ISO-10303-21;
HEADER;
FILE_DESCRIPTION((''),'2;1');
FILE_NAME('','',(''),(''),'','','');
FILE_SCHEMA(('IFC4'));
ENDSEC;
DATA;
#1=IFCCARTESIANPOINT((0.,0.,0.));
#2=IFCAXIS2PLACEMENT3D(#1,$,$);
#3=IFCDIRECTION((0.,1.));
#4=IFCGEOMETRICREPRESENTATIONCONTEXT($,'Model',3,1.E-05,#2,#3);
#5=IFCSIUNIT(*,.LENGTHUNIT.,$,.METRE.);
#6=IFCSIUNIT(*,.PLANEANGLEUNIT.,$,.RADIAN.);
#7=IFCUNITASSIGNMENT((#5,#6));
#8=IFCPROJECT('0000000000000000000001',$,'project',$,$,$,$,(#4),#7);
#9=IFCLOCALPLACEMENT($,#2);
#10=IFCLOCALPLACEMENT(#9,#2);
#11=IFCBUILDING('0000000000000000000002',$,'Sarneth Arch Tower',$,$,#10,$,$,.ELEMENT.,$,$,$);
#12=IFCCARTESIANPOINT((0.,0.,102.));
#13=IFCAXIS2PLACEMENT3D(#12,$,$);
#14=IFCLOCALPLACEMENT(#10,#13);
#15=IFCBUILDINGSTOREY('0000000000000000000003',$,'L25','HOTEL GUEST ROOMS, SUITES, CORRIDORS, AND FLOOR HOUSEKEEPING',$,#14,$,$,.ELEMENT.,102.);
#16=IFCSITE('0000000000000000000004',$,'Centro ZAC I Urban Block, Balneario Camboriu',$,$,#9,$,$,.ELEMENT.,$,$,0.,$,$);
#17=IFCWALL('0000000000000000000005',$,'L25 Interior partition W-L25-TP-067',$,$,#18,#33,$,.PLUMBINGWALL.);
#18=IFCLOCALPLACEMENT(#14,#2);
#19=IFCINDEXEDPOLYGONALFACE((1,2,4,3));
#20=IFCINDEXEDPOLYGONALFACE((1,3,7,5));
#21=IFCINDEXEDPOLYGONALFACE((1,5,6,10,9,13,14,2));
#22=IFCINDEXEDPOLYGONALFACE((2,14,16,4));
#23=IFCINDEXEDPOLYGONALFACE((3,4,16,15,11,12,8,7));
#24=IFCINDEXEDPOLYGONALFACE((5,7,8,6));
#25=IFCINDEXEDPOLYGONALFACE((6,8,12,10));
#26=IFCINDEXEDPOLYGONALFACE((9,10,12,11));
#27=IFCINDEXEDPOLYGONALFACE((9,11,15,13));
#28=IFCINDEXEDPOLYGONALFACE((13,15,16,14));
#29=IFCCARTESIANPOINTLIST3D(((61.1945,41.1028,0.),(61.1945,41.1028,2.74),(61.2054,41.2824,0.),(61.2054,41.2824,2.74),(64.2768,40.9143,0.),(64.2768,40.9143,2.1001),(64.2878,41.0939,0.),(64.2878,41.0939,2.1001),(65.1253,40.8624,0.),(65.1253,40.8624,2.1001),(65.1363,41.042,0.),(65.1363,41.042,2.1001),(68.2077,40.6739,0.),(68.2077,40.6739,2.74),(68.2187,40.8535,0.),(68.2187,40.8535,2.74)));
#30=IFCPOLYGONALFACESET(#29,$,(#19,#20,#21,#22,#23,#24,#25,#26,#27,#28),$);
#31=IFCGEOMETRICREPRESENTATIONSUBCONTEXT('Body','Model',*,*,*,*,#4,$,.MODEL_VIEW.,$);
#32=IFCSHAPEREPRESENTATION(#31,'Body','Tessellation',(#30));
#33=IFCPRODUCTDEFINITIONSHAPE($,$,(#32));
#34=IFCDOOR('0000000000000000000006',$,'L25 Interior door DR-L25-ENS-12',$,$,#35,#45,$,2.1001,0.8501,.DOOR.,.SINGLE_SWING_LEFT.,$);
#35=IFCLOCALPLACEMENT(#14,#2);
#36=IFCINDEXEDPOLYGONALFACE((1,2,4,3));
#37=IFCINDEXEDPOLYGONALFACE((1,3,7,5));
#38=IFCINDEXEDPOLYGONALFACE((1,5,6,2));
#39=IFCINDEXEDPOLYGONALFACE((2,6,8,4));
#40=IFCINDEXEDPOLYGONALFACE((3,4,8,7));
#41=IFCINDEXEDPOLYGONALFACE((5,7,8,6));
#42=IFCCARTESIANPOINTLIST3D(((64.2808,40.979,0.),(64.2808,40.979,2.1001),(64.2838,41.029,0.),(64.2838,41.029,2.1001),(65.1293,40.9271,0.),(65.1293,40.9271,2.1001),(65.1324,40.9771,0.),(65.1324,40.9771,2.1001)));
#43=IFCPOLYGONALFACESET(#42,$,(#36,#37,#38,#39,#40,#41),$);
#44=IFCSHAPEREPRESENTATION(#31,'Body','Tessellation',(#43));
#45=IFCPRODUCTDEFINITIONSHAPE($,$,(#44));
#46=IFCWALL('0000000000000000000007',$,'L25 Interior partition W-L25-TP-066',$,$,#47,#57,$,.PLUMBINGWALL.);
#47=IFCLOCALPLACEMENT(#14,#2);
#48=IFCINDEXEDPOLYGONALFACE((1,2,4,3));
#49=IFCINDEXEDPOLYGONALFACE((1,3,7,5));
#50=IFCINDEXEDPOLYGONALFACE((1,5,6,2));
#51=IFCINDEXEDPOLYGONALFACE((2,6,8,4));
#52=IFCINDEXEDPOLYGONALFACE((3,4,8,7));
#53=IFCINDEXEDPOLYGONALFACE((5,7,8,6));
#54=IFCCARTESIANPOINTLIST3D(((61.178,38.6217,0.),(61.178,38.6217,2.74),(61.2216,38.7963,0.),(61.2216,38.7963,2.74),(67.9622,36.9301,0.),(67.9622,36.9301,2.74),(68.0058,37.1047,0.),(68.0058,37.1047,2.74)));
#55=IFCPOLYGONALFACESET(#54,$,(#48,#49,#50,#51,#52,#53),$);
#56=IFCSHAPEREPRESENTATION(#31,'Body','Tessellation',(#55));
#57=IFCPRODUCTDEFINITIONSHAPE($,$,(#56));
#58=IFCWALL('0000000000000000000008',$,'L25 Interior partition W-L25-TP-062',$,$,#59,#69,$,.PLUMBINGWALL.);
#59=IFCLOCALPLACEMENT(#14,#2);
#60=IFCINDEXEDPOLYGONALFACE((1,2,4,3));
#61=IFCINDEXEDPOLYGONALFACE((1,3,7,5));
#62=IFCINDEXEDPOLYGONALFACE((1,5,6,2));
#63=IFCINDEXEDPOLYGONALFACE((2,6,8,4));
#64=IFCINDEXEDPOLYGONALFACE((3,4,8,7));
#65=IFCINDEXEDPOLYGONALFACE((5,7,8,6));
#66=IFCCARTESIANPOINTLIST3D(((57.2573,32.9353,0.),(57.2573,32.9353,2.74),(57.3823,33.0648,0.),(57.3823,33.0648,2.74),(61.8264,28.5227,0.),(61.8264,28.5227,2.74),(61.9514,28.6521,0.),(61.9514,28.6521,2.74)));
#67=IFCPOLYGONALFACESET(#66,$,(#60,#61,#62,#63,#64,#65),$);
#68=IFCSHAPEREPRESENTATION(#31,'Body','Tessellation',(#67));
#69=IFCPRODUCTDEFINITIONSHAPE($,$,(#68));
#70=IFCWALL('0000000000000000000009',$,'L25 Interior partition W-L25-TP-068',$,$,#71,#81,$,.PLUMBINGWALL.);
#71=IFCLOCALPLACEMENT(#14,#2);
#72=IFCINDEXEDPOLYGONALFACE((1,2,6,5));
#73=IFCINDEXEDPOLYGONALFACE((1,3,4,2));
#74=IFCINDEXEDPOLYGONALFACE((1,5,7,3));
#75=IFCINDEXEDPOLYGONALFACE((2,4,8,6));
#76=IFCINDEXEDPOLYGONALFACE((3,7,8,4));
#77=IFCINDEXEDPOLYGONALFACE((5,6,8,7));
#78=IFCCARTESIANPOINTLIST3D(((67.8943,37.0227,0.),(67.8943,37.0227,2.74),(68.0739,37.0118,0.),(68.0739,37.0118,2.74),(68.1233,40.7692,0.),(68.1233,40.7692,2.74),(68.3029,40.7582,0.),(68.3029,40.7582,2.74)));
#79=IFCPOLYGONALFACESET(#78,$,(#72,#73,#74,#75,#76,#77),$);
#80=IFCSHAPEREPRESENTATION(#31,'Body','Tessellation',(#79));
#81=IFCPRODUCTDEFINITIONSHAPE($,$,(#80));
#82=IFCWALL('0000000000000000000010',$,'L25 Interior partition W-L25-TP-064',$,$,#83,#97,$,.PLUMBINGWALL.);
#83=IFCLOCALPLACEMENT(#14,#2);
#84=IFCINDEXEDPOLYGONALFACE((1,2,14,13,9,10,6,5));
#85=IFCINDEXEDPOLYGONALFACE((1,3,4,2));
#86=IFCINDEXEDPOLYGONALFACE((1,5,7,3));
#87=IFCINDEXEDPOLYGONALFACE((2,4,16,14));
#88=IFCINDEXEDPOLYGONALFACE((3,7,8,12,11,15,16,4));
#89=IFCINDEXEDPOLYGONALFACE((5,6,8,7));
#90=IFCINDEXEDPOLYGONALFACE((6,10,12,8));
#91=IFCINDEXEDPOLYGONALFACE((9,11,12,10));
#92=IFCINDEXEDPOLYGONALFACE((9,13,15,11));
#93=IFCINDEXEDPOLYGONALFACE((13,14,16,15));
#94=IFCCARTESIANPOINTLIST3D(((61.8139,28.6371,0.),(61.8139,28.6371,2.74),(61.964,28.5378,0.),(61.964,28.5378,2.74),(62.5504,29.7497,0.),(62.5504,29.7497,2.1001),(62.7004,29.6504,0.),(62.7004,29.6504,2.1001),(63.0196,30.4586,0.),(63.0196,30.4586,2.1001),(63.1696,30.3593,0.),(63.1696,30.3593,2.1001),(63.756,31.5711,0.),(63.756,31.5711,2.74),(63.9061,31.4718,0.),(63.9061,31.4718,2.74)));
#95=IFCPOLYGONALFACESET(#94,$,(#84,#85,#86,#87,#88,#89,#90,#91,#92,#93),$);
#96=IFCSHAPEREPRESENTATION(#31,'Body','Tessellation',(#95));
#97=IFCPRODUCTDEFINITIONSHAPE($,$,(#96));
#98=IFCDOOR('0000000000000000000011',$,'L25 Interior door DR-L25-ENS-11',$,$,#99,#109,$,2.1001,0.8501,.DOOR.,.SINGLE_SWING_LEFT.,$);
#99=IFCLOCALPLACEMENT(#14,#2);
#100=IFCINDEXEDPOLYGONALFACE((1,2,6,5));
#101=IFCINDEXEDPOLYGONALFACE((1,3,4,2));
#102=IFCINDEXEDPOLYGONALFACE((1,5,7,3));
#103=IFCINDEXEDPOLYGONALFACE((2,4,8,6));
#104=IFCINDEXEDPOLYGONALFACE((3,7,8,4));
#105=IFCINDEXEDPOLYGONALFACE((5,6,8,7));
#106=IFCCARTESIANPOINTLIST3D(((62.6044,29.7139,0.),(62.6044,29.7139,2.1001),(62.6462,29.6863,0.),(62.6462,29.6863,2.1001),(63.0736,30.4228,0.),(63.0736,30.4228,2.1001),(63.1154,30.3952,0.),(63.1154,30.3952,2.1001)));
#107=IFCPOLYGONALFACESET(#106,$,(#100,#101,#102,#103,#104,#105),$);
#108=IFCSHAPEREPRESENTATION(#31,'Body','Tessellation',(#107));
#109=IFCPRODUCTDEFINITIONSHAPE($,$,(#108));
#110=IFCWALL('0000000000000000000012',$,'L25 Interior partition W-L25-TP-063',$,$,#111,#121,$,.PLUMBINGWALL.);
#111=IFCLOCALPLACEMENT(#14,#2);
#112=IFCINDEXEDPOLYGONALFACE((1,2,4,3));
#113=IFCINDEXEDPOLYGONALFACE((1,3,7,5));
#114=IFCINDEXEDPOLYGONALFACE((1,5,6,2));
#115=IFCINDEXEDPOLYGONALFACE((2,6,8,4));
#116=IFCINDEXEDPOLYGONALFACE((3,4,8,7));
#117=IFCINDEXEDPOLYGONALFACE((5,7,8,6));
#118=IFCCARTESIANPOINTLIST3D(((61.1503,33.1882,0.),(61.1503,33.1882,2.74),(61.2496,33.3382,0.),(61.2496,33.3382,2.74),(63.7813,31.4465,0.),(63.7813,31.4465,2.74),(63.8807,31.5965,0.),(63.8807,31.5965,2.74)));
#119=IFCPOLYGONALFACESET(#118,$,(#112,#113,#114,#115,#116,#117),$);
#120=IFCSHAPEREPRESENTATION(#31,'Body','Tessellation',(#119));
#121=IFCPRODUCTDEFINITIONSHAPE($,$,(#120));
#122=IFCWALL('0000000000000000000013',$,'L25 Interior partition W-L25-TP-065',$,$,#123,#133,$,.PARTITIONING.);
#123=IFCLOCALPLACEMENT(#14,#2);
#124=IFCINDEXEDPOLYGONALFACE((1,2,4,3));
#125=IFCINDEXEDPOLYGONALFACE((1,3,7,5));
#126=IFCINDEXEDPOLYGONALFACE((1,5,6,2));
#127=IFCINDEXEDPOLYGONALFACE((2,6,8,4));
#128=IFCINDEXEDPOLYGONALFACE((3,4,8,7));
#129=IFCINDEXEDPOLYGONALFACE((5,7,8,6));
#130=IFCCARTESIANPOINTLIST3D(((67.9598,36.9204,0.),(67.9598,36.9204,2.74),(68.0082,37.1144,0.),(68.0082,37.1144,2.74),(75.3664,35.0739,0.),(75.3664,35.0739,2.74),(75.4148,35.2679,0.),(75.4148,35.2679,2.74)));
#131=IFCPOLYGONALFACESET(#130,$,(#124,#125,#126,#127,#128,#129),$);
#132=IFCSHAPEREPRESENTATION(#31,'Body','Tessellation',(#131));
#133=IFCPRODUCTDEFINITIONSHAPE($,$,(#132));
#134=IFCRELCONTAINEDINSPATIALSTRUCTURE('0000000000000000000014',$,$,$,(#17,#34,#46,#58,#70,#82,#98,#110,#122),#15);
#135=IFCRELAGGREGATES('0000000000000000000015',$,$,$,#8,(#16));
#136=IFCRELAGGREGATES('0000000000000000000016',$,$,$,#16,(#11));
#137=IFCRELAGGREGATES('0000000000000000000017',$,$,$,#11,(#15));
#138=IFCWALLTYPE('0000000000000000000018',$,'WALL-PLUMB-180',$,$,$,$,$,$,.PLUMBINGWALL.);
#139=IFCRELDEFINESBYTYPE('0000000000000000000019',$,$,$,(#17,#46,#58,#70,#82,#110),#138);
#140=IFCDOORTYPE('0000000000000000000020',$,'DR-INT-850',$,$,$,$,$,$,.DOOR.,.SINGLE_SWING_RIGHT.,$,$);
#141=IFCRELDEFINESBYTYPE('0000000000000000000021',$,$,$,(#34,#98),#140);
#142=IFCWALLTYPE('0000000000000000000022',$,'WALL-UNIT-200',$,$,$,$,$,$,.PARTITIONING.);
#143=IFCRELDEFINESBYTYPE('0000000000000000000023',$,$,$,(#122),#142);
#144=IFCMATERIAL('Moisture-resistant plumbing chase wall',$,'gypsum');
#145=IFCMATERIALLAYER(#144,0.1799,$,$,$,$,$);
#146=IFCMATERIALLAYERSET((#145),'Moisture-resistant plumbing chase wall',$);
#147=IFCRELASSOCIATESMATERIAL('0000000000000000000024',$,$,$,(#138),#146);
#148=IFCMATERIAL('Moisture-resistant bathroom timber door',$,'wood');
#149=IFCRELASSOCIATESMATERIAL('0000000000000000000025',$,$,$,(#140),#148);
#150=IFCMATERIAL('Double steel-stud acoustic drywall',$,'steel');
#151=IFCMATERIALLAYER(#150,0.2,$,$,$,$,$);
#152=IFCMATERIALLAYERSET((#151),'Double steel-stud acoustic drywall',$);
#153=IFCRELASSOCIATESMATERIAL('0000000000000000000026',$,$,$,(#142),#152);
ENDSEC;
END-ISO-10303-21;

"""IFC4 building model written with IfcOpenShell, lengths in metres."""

from ifc_helpers import new_model, si_unit, direction, frame, frame_2d, origin, place, context, subcontext, project, spatial, rectangle, extrude, material, layer, layer_set, type_object, element, fill, save


model = new_model("IFC4")

# Units and contexts
model_context = context("Model", 3, precision=1e-05, world=origin(), true_north=direction((0.0, 1.0)))
body_context = subcontext(model_context, "Body", "Model", "MODEL_VIEW")
ifc_project = project(units=[si_unit("LENGTHUNIT", "METRE"), si_unit("PLANEANGLEUNIT", "RADIAN")], contexts=[model_context])

# Site, building, storey
site_placement = place(None, origin())
site = spatial("IfcSite", under=ifc_project, at=site_placement, Name="Centro ZAC I Urban Block, Balneario Camboriu", CompositionType="ELEMENT", RefElevation=0.0)
building_placement = place(site_placement, origin())
building = spatial("IfcBuilding", under=site, at=building_placement, Name="Sarneth Arch Tower", CompositionType="ELEMENT")
storey_placement = place(building_placement, frame((0.0, 0.0, 102.0)))
storey = spatial("IfcBuildingStorey", under=building, at=storey_placement, Name="L25", Description="HOTEL GUEST ROOMS, SUITES, CORRIDORS, AND FLOOR HOUSEKEEPING", CompositionType="ELEMENT", Elevation=102.0)

# Wall, opening, door
ifc_material_1 = material(Name="Moisture-resistant plumbing chase wall", Category="gypsum")
ifc_layer_1 = layer(ifc_material_1, 0.1799)
ifc_layer_set_1 = layer_set([ifc_layer_1], Name="Moisture-resistant plumbing chase wall")
wall_type_1 = type_object("IfcWallType", Name="WALL-PLUMB-180", PredefinedType="PLUMBINGWALL", material=ifc_layer_set_1)
wall_1_placement = place(storey_placement, frame((61.2, 41.1926, 0.0), z_axis=(0.0, 0.0, 1.0), x_axis=(0.998135, -0.06105, 0.0)))
wall_1 = element("IfcWall", 1, at=wall_1_placement, inside=storey, type_object=wall_type_1, Name="L25 Interior partition W-L25-TP-067", PredefinedType="PLUMBINGWALL", context=body_context, shape_type="SweptSolid", body=[
    extrude(rectangle(XDim=7.0264, YDim=0.1799, at=frame_2d((3.5132, 0.0))), origin(), (0.0, 0.0, 1.0), 2.74),
])
opening_1_placement = place(wall_1_placement, frame((3.0881, 0.0, 0.0)))
opening_1 = element("IfcOpeningElement", 2, at=opening_1_placement, cuts=wall_1, PredefinedType="OPENING", context=body_context, shape_type="SweptSolid", body=[
    extrude(rectangle(XDim=0.8501, YDim=2.1001, at=frame_2d((0.425, 1.05))), frame((0.0, 0.0999, 0.0), z_axis=(0.0, -1.0, 0.0), x_axis=(1.0, 0.0, 0.0)), (0.0, 0.0, 1.0), 0.2),
])
ifc_material_2 = material(Name="Moisture-resistant bathroom timber door", Category="wood")
door_type_1 = type_object("IfcDoorType", Name="DR-INT-850", OperationType="SINGLE_SWING_RIGHT", PredefinedType="DOOR", material=ifc_material_2)
door_1_placement = place(opening_1_placement, origin())
door_1 = element("IfcDoor", 3, at=door_1_placement, inside=storey, type_object=door_type_1, Name="L25 Interior door DR-L25-ENS-12", OperationType="SINGLE_SWING_LEFT", OverallHeight=2.1001, OverallWidth=0.8501, PredefinedType="DOOR", context=body_context, shape_type="SweptSolid", body=[
    extrude(rectangle(XDim=0.8501, YDim=2.1001, at=frame_2d((0.425, 1.05))), frame((0.0, 0.0249, 0.0), z_axis=(0.0, -1.0, 0.0), x_axis=(1.0, 0.0, 0.0)), (0.0, 0.0, 1.0), 0.05),
])
fill(opening_1, door_1)

# Walls
wall_2_placement = place(storey_placement, frame((67.9841, 37.0173, 0.0), z_axis=(0.0, 0.0, 1.0), x_axis=(-0.97029, 0.241944, 0.0)))
element("IfcWall", 4, at=wall_2_placement, inside=storey, type_object=wall_type_1, Name="L25 Interior partition W-L25-TP-066", PredefinedType="PLUMBINGWALL", context=body_context, shape_type="SweptSolid", body=[
    extrude(rectangle(XDim=6.9919, YDim=0.1799, at=frame_2d((3.4961, 0.0))), origin(), (0.0, 0.0, 1.0), 2.74),
])
wall_3_placement = place(storey_placement, frame((61.8889, 28.5874, 0.0), z_axis=(0.0, 0.0, 1.0), x_axis=(-0.719318, 0.694681, 0.0)))
element("IfcWall", 5, at=wall_3_placement, inside=storey, type_object=wall_type_1, Name="L25 Interior partition W-L25-TP-062", PredefinedType="PLUMBINGWALL", context=body_context, shape_type="SweptSolid", body=[
    extrude(rectangle(XDim=6.3521, YDim=0.1799, at=frame_2d((3.176, 0.0))), origin(), (0.0, 0.0, 1.0), 2.74),
])
wall_4_placement = place(storey_placement, frame((68.2131, 40.7637, 0.0), z_axis=(0.0, 0.0, 1.0), x_axis=(-0.061014, -0.998137, 0.0)))
element("IfcWall", 6, at=wall_4_placement, inside=storey, type_object=wall_type_1, Name="L25 Interior partition W-L25-TP-068", PredefinedType="PLUMBINGWALL", context=body_context, shape_type="SweptSolid", body=[
    extrude(rectangle(XDim=3.7534, YDim=0.1799, at=frame_2d((1.8767, 0.0))), origin(), (0.0, 0.0, 1.0), 2.74),
])

# Wall, opening, door
wall_5_placement = place(storey_placement, frame((63.8311, 31.5215, 0.0), z_axis=(0.0, 0.0, 1.0), x_axis=(-0.551959, -0.833871, 0.0)))
wall_5 = element("IfcWall", 7, at=wall_5_placement, inside=storey, type_object=wall_type_1, Name="L25 Interior partition W-L25-TP-064", PredefinedType="PLUMBINGWALL", context=body_context, shape_type="SweptSolid", body=[
    extrude(rectangle(XDim=3.5186, YDim=0.1799, at=frame_2d((1.7593, 0.0))), origin(), (0.0, 0.0, 1.0), 2.74),
])
opening_2_placement = place(wall_5_placement, frame((1.3342, 0.0, 0.0)))
opening_2 = element("IfcOpeningElement", 8, at=opening_2_placement, cuts=wall_5, PredefinedType="OPENING", context=body_context, shape_type="SweptSolid", body=[
    extrude(rectangle(XDim=0.8501, YDim=2.1001, at=frame_2d((0.425, 1.05))), frame((0.0, 0.0999, 0.0), z_axis=(0.0, -1.0, 0.0), x_axis=(1.0, 0.0, 0.0)), (0.0, 0.0, 1.0), 0.2),
])
door_2_placement = place(opening_2_placement, origin())
door_2 = element("IfcDoor", 9, at=door_2_placement, inside=storey, type_object=door_type_1, Name="L25 Interior door DR-L25-ENS-11", OperationType="SINGLE_SWING_LEFT", OverallHeight=2.1001, OverallWidth=0.8501, PredefinedType="DOOR", context=body_context, shape_type="SweptSolid", body=[
    extrude(rectangle(XDim=0.8501, YDim=2.1001, at=frame_2d((0.425, 1.05))), frame((0.0, 0.0249, 0.0), z_axis=(0.0, -1.0, 0.0), x_axis=(1.0, 0.0, 0.0)), (0.0, 0.0, 1.0), 0.05),
])
fill(opening_2, door_2)

# Walls
wall_6_placement = place(storey_placement, frame((61.2, 33.2632, 0.0), z_axis=(0.0, 0.0, 1.0), x_axis=(0.833855, -0.551983, 0.0)))
element("IfcWall", 10, at=wall_6_placement, inside=storey, type_object=wall_type_1, Name="L25 Interior partition W-L25-TP-063", PredefinedType="PLUMBINGWALL", context=body_context, shape_type="SweptSolid", body=[
    extrude(rectangle(XDim=3.1553, YDim=0.1799, at=frame_2d((1.5776, 0.0))), origin(), (0.0, 0.0, 1.0), 2.74),
])
ifc_material_3 = material(Name="Double steel-stud acoustic drywall", Category="steel")
ifc_layer_2 = layer(ifc_material_3, 0.2)
ifc_layer_set_2 = layer_set([ifc_layer_2], Name="Double steel-stud acoustic drywall")
wall_type_2 = type_object("IfcWallType", Name="WALL-UNIT-200", PredefinedType="PARTITIONING", material=ifc_layer_set_2)
wall_7_placement = place(storey_placement, frame((75.3906, 35.1709, 0.0), z_axis=(0.0, 0.0, 1.0), x_axis=(-0.970302, 0.241896, 0.0)))
element("IfcWall", 11, at=wall_7_placement, inside=storey, type_object=wall_type_2, Name="L25 Interior partition W-L25-TP-065", PredefinedType="PARTITIONING", context=body_context, shape_type="SweptSolid", body=[
    extrude(rectangle(XDim=7.6333, YDim=0.2, at=frame_2d((3.8167, 0.0))), origin(), (0.0, 0.0, 1.0), 2.74),
])

save(model, "model.ifc")
